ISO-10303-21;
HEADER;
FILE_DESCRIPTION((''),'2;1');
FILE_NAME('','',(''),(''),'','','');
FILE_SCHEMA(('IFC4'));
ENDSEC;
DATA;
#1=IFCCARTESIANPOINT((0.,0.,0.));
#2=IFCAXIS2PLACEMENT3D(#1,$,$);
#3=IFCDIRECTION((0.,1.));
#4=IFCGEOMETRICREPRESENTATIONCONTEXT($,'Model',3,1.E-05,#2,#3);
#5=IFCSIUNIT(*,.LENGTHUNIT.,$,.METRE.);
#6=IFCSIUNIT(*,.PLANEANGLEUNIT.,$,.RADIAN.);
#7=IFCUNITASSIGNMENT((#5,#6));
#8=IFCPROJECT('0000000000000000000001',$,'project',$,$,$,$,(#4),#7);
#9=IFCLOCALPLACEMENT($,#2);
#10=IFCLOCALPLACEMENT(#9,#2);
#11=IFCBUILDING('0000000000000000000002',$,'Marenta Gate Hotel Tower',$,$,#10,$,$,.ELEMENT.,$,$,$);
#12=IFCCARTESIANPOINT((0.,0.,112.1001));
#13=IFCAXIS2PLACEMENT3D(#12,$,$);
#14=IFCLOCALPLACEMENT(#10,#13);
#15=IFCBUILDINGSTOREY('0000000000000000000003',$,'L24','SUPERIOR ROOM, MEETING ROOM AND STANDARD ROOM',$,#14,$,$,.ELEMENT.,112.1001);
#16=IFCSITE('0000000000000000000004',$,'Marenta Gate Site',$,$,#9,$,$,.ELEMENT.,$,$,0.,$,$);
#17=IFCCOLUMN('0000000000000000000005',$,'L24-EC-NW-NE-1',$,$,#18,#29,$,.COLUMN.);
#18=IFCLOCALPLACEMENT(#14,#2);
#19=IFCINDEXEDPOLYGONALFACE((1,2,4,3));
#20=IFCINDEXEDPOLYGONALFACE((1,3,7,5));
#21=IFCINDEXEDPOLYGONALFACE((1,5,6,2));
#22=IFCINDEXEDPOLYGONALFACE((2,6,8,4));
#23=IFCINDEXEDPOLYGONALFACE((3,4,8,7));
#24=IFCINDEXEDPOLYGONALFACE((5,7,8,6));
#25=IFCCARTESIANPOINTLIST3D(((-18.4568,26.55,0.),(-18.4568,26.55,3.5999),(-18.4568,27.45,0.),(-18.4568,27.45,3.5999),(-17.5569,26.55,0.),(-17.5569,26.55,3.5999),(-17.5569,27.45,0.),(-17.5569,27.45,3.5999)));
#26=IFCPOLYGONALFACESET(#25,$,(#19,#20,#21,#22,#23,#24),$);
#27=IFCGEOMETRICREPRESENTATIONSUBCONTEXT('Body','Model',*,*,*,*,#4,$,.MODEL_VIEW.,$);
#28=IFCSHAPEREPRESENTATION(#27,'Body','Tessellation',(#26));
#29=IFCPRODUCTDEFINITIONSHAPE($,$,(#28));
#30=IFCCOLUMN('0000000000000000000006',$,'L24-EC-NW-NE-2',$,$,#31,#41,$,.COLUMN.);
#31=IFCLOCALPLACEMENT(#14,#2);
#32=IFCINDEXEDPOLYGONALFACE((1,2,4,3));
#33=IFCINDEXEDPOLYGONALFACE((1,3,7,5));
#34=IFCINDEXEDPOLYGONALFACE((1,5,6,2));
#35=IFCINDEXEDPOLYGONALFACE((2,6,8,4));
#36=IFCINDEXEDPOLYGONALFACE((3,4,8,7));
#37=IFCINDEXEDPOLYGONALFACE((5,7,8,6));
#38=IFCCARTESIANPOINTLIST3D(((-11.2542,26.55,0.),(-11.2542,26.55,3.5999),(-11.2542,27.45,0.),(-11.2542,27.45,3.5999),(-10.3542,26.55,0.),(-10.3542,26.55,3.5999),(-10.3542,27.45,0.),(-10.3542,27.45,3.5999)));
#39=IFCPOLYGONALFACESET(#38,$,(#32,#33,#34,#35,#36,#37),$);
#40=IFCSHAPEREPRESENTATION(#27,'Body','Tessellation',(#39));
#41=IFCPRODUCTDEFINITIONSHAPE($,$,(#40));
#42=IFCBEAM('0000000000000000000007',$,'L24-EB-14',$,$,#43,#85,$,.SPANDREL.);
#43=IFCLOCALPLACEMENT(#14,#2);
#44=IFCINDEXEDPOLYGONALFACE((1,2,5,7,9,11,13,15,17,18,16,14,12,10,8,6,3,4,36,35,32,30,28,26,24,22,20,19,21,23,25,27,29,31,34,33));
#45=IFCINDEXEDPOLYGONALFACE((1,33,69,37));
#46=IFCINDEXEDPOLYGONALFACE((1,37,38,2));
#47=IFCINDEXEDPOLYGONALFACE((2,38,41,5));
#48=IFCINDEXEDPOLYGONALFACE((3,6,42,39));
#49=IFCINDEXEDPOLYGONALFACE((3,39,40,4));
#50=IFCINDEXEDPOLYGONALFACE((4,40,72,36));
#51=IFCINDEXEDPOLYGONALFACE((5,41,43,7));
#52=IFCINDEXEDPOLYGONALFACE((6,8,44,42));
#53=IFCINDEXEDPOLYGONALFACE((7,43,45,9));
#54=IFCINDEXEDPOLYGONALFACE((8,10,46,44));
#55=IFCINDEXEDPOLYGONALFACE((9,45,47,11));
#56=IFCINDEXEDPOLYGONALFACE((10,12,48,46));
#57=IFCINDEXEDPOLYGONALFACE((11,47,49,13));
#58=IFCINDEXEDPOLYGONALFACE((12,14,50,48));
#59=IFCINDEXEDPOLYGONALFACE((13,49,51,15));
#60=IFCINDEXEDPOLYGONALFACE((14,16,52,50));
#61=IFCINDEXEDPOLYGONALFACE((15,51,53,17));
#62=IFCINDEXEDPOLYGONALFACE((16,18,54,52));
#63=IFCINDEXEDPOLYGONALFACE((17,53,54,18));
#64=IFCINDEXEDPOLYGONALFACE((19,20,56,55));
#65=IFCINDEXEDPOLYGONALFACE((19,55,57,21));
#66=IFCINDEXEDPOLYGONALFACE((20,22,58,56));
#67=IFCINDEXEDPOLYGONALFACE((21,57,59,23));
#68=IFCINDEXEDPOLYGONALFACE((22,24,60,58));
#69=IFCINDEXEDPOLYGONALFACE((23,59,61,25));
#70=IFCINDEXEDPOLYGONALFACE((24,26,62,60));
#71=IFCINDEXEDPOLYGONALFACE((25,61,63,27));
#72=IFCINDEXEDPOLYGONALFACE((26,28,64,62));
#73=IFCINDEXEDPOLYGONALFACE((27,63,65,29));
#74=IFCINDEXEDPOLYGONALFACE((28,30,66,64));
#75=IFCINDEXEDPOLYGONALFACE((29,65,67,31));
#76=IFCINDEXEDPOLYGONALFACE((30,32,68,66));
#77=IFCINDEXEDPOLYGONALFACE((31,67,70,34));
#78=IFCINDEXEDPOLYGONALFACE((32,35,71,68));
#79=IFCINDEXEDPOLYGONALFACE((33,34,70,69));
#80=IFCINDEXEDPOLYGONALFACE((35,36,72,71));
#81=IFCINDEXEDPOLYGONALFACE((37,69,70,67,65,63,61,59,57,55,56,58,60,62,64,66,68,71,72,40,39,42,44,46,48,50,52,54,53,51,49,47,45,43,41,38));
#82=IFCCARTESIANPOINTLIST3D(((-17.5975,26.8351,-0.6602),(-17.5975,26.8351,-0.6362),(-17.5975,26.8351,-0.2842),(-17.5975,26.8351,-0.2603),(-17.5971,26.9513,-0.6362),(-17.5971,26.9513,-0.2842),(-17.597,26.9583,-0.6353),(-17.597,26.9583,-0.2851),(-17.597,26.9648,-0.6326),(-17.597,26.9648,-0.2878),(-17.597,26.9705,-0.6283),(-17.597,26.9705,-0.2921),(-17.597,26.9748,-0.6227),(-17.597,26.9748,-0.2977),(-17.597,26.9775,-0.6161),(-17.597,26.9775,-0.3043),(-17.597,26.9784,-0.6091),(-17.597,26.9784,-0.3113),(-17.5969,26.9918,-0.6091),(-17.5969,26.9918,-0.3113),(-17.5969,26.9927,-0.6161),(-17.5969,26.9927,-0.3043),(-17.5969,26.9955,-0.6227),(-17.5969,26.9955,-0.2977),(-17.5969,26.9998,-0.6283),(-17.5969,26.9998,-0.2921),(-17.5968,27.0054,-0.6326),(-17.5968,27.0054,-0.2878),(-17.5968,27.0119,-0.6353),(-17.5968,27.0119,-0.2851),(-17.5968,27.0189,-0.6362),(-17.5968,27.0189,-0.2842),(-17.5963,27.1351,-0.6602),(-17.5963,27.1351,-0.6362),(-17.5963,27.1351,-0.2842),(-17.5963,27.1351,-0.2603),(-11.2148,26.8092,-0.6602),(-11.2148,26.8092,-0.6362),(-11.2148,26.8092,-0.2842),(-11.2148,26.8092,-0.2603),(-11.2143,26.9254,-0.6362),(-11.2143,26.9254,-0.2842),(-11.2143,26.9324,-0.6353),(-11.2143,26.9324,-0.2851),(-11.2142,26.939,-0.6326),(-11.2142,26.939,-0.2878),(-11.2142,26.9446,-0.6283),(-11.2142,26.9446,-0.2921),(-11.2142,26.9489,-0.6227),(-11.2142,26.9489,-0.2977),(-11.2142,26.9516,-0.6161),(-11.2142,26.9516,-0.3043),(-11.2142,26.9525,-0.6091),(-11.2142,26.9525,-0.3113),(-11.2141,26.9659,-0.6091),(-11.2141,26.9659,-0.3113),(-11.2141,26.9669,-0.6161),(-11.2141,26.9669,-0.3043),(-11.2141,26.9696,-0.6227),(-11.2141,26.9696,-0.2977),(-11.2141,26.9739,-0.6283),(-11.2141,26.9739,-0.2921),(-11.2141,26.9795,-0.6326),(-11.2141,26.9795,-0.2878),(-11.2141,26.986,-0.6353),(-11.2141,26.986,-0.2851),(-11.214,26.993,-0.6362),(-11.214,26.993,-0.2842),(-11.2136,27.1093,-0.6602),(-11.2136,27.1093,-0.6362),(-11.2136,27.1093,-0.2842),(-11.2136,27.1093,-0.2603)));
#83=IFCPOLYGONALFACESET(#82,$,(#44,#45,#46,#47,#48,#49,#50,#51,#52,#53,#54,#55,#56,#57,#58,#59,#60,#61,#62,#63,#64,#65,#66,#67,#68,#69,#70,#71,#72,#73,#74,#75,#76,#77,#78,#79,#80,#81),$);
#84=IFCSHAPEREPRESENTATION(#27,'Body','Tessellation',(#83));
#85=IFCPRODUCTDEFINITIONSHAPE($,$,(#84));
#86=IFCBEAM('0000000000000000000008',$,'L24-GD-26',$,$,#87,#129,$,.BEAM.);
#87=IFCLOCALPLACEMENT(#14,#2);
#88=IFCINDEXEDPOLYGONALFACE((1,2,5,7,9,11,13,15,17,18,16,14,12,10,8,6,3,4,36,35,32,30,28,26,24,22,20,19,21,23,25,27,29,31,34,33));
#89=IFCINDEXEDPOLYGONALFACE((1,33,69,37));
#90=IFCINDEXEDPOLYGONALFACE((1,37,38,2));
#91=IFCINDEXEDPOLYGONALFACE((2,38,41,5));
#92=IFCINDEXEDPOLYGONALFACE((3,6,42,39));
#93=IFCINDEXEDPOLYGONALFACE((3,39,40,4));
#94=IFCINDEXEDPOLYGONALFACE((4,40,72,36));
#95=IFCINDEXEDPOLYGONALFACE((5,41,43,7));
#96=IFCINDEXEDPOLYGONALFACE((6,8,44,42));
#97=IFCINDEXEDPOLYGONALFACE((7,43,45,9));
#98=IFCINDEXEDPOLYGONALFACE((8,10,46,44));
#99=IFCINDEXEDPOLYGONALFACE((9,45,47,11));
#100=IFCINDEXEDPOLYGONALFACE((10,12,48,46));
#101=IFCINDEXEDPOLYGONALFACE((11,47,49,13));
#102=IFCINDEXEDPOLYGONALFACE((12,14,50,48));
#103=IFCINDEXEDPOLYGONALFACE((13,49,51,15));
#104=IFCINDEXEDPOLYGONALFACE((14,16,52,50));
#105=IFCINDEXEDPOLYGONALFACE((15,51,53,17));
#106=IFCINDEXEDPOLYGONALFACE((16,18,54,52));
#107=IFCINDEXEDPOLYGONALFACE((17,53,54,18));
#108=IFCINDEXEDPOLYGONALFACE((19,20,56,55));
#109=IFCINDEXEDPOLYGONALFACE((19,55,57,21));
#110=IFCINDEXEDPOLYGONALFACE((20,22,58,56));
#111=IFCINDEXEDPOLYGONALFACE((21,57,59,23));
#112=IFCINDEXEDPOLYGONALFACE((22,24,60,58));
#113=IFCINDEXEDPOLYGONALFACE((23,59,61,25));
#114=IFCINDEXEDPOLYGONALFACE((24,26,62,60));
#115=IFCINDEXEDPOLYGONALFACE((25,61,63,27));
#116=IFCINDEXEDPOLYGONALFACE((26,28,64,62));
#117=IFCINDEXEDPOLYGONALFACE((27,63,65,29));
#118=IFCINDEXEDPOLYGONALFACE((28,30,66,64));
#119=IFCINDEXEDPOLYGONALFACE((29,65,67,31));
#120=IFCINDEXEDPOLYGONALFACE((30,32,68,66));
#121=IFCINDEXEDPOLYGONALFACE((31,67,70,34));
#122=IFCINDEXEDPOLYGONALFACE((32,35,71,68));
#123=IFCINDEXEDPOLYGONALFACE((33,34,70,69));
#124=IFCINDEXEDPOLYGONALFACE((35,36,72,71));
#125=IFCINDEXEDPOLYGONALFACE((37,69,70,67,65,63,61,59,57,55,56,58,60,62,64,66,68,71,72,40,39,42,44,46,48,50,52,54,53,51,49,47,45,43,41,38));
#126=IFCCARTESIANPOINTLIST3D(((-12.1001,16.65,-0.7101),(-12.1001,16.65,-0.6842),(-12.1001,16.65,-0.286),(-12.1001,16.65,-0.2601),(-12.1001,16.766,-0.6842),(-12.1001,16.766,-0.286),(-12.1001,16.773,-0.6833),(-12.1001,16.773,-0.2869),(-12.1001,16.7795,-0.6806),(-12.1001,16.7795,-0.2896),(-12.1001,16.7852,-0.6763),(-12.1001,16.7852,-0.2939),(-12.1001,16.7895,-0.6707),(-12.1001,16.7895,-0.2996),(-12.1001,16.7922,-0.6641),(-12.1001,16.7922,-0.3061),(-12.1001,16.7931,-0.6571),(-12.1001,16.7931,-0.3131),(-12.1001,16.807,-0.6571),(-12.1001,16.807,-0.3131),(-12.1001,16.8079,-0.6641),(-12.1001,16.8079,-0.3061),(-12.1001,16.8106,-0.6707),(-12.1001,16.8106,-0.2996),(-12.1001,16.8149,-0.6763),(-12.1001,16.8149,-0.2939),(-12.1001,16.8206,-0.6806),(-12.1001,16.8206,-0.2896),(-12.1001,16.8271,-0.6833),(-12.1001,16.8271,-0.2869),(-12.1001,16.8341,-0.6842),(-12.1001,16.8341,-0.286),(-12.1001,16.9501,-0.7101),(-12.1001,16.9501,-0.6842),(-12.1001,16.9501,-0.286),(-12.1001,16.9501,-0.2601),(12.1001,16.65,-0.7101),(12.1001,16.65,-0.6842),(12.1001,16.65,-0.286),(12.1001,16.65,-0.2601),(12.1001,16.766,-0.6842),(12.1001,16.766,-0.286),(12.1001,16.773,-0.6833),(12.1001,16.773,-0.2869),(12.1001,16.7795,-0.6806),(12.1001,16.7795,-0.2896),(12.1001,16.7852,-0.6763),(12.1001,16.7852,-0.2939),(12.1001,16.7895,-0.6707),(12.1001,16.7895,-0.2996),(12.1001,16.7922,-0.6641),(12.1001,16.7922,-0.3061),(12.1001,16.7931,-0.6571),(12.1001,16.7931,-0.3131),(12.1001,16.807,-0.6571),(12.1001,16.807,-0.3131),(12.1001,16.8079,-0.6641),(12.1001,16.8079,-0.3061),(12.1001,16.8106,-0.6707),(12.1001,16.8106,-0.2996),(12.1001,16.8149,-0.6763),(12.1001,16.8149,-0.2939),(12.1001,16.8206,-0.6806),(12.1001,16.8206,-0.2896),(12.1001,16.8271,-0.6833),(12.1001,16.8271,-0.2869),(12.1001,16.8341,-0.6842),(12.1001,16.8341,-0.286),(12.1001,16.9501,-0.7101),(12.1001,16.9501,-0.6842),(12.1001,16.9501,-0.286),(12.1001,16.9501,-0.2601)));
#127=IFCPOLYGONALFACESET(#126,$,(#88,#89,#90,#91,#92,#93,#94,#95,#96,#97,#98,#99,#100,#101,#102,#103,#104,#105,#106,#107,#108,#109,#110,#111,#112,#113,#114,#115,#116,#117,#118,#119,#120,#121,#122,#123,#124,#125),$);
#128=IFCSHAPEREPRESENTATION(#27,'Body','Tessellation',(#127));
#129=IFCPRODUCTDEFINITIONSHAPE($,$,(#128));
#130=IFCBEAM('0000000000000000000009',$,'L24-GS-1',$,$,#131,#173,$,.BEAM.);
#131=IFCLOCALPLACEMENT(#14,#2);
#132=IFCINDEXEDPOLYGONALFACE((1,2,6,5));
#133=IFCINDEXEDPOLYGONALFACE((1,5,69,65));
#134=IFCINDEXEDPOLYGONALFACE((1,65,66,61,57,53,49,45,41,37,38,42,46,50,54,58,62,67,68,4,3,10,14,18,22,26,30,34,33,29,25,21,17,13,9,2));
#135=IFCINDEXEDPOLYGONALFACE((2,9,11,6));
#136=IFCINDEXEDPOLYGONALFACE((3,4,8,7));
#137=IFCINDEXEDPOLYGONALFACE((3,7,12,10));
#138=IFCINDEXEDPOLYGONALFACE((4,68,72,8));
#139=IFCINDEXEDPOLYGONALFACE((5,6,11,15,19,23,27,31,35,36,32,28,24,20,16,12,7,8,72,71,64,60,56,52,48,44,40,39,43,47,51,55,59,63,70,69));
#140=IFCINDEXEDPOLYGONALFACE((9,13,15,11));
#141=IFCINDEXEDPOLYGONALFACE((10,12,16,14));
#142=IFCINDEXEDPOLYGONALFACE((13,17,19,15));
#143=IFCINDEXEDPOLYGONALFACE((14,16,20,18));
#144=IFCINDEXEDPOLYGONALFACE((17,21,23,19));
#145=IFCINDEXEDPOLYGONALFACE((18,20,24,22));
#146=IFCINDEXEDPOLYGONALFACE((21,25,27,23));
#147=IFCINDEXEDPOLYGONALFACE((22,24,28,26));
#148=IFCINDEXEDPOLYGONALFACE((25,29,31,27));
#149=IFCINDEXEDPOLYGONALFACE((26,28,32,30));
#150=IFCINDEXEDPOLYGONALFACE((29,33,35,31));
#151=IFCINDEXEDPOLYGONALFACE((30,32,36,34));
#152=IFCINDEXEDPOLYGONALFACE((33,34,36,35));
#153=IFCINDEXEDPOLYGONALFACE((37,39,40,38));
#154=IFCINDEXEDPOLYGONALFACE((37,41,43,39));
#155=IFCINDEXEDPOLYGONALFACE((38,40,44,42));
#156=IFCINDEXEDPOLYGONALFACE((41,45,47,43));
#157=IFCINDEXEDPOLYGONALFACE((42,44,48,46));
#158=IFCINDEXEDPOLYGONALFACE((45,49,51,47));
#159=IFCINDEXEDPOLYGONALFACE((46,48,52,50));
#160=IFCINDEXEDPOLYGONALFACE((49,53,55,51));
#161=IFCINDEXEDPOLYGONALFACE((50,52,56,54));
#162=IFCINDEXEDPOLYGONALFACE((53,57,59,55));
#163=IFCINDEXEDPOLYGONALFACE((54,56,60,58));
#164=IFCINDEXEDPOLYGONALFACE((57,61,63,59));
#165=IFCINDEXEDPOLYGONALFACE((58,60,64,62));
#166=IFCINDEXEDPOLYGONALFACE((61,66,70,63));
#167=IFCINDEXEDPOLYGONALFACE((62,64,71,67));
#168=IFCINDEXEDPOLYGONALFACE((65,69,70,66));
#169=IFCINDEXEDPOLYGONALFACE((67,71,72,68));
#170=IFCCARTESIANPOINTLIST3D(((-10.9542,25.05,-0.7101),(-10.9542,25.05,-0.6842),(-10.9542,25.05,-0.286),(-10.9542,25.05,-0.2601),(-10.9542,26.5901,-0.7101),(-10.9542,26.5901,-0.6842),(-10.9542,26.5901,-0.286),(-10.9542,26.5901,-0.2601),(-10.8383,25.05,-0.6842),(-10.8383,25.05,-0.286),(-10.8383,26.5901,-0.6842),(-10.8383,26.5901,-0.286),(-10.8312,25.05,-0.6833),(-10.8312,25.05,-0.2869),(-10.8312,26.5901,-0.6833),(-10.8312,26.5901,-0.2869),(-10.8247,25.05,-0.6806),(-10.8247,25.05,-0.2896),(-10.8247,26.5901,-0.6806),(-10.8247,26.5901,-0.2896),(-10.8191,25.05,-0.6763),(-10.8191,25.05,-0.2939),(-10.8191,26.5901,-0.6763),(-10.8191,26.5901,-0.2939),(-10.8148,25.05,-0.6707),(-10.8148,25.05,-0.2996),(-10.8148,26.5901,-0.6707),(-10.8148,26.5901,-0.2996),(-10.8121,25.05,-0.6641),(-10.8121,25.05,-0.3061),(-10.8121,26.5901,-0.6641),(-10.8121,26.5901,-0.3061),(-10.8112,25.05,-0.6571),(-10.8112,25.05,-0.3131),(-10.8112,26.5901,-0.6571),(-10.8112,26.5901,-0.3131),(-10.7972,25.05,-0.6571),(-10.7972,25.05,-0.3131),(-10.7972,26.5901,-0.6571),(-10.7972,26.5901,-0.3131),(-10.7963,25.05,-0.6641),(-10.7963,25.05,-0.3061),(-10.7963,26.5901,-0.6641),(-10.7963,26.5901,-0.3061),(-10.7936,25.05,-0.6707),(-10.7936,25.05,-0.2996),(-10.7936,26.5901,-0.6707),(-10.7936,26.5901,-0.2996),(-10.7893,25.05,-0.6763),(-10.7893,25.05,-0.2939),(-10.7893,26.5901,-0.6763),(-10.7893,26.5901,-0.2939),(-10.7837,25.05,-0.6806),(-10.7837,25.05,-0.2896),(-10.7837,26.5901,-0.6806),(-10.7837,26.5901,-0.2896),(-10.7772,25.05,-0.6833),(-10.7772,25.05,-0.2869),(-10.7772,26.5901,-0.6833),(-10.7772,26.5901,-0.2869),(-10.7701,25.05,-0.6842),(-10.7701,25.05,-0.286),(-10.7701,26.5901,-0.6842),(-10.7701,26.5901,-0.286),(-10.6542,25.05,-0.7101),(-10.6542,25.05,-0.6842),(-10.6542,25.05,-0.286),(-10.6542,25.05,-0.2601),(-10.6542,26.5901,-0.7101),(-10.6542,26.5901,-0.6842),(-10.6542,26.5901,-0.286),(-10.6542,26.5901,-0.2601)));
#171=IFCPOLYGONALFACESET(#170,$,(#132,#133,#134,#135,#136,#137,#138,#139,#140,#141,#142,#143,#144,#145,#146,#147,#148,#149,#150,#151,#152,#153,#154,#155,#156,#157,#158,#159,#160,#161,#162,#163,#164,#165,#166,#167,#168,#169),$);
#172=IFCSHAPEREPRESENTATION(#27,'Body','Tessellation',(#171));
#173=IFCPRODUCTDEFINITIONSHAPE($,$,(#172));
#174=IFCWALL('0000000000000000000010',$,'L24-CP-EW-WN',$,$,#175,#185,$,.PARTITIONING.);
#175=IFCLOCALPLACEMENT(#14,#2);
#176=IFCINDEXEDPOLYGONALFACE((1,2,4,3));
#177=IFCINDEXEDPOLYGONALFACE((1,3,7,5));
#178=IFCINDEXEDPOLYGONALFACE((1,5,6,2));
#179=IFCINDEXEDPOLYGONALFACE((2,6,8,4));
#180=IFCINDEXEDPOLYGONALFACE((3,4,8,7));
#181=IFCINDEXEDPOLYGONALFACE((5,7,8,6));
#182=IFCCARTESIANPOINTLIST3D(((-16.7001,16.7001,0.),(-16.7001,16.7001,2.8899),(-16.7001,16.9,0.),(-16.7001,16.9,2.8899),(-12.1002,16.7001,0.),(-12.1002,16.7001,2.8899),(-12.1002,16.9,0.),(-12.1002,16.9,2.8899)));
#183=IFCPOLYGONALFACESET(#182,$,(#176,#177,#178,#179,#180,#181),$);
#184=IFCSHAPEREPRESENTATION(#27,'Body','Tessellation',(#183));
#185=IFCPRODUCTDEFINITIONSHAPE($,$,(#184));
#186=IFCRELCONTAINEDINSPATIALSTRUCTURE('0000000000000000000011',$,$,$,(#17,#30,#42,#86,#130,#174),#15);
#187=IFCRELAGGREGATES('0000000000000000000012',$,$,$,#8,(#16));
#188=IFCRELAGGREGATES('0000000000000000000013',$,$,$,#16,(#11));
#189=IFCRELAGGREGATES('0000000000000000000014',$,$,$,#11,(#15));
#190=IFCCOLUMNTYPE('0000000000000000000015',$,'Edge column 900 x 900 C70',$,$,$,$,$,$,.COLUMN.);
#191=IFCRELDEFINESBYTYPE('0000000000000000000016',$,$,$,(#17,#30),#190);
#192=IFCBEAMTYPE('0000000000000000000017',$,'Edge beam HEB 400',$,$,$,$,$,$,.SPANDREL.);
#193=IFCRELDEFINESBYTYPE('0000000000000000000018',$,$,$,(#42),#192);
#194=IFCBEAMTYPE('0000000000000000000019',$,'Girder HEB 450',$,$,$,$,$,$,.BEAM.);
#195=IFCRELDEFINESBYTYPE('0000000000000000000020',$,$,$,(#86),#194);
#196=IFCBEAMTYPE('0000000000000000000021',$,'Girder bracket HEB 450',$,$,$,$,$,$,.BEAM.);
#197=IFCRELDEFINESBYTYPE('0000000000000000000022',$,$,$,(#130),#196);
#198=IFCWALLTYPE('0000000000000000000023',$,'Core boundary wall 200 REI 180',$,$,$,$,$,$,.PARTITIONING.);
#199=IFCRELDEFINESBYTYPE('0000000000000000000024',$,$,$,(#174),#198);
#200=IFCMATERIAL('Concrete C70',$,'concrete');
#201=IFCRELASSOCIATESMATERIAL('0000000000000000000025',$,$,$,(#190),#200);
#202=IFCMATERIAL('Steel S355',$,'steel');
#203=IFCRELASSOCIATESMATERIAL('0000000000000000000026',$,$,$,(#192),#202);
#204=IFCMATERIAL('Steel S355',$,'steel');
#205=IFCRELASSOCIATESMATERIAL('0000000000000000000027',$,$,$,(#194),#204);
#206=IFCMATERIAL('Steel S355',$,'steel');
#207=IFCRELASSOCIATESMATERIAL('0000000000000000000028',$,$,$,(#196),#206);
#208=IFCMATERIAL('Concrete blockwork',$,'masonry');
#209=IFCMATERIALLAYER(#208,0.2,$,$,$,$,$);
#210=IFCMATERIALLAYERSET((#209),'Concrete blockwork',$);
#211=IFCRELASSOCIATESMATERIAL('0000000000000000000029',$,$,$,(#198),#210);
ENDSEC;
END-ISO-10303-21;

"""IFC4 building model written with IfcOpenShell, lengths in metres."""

from ifc_helpers import new_model, si_unit, direction, frame, frame_2d, origin, origin_2d, place, context, subcontext, project, spatial, rectangle, i_section, extrude, material, layer, layer_set, material_profile, profile_set, type_object, element, save


model = new_model("IFC4")

# Units and contexts
model_context = context("Model", 3, precision=1e-05, world=origin(), true_north=direction((0.0, 1.0)))
body_context = subcontext(model_context, "Body", "Model", "MODEL_VIEW")
ifc_project = project(units=[si_unit("LENGTHUNIT", "METRE"), si_unit("PLANEANGLEUNIT", "RADIAN")], contexts=[model_context])

# Site, building, storey
site_placement = place(None, origin())
site = spatial("IfcSite", under=ifc_project, at=site_placement, Name="Marenta Gate Site", CompositionType="ELEMENT", RefElevation=0.0)
building_placement = place(site_placement, origin())
building = spatial("IfcBuilding", under=site, at=building_placement, Name="Marenta Gate Hotel Tower", CompositionType="ELEMENT")
storey_placement = place(building_placement, frame((0.0, 0.0, 112.1001)))
storey = spatial("IfcBuildingStorey", under=building, at=storey_placement, Name="L24", Description="SUPERIOR ROOM, MEETING ROOM AND STANDARD ROOM", CompositionType="ELEMENT", Elevation=112.1001)

# Columns
ifc_material_1 = material(Name="Concrete C70", Category="concrete")
ifc_material_profile_1 = material_profile(ifc_material_1, rectangle(XDim=0.8999, YDim=0.8999, at=origin_2d()), Name="900 x 900")
ifc_profile_set_1 = profile_set([ifc_material_profile_1], Name="Concrete C70")
column_type = type_object("IfcColumnType", Name="Edge column 900 x 900 C70", PredefinedType="COLUMN", material=ifc_profile_set_1)
for number, where, z_axis, x_axis, name in (
    (1, (-18.0068, 27.0, 0.0), (0.0, 0.0, 1.0), (1.0, 0.0, 0.0), "L24-EC-NW-NE-1"),
    (2, (-10.8042, 27.0, 0.0), (0.0, 0.0, 1.0), (1.0, 0.0, 0.0), "L24-EC-NW-NE-2"),
):
    element("IfcColumn", number, at=place(storey_placement, frame(where, z_axis=z_axis, x_axis=x_axis)), inside=storey, type_object=column_type, Name=name, PredefinedType="COLUMN", context=body_context, shape_type="SweptSolid", body=[
        extrude(rectangle(XDim=0.8999, YDim=0.8999, at=origin_2d()), origin(), (0.0, 0.0, 1.0), 3.5999),
    ])

# Beams
ifc_material_2 = material(Name="Steel S355", Category="steel")
ifc_material_profile_2 = material_profile(ifc_material_2, i_section(OverallWidth=0.3, OverallDepth=0.3999, WebThickness=0.0134, FlangeThickness=0.0239, FilletRadius=0.0271, at=origin_2d()), Name="HEB 400")
ifc_profile_set_2 = profile_set([ifc_material_profile_2], Name="Steel S355")
beam_type_1 = type_object("IfcBeamType", Name="Edge beam HEB 400", PredefinedType="SPANDREL", material=ifc_profile_set_2)
beam_1_placement = place(storey_placement, frame((-17.5969, 26.9851, -0.4602), z_axis=(0.999992, -0.004054, 0.0), x_axis=(0.004054, 0.999992, 0.0)))
element("IfcBeam", 3, at=beam_1_placement, inside=storey, type_object=beam_type_1, Name="L24-EB-14", PredefinedType="SPANDREL", context=body_context, shape_type="SweptSolid", body=[
    extrude(i_section(OverallWidth=0.3, OverallDepth=0.3999, WebThickness=0.0134, FlangeThickness=0.0239, FilletRadius=0.0271, at=origin_2d()), origin(), (0.0, 0.0, 1.0), 6.3828),
])
ifc_material_3 = material(Name="Steel S355", Category="steel")
ifc_material_profile_3 = material_profile(ifc_material_3, i_section(OverallWidth=0.3, OverallDepth=0.45, WebThickness=0.0139, FlangeThickness=0.0259, FilletRadius=0.0271, at=origin_2d()), Name="HEB 450")
ifc_profile_set_3 = profile_set([ifc_material_profile_3], Name="Steel S355")
beam_type_2 = type_object("IfcBeamType", Name="Girder HEB 450", PredefinedType="BEAM", material=ifc_profile_set_3)
beam_2_placement = place(storey_placement, frame((-12.1001, 16.8, -0.4851), z_axis=(1.0, 0.0, 0.0), x_axis=(0.0, 1.0, 0.0)))
element("IfcBeam", 4, at=beam_2_placement, inside=storey, type_object=beam_type_2, Name="L24-GD-26", PredefinedType="BEAM", context=body_context, shape_type="SweptSolid", body=[
    extrude(i_section(OverallWidth=0.3, OverallDepth=0.45, WebThickness=0.0139, FlangeThickness=0.0259, FilletRadius=0.0271, at=origin_2d()), origin(), (0.0, 0.0, 1.0), 24.2002),
])
ifc_material_4 = material(Name="Steel S355", Category="steel")
ifc_material_profile_4 = material_profile(ifc_material_4, i_section(OverallWidth=0.3, OverallDepth=0.45, WebThickness=0.0139, FlangeThickness=0.0259, FilletRadius=0.0271, at=origin_2d()), Name="HEB 450")
ifc_profile_set_4 = profile_set([ifc_material_profile_4], Name="Steel S355")
beam_type_3 = type_object("IfcBeamType", Name="Girder bracket HEB 450", PredefinedType="BEAM", material=ifc_profile_set_4)
beam_3_placement = place(storey_placement, frame((-10.8042, 25.05, -0.4851), z_axis=(0.0, 1.0, 0.0), x_axis=(-1.0, 0.0, 0.0)))
element("IfcBeam", 5, at=beam_3_placement, inside=storey, type_object=beam_type_3, Name="L24-GS-1", PredefinedType="BEAM", context=body_context, shape_type="SweptSolid", body=[
    extrude(i_section(OverallWidth=0.3, OverallDepth=0.45, WebThickness=0.0139, FlangeThickness=0.0259, FilletRadius=0.0271, at=origin_2d()), origin(), (0.0, 0.0, 1.0), 1.54),
])

# Wall
ifc_material_5 = material(Name="Concrete blockwork", Category="masonry")
ifc_layer_1 = layer(ifc_material_5, 0.2)
ifc_layer_set_1 = layer_set([ifc_layer_1], Name="Concrete blockwork")
wall_type_1 = type_object("IfcWallType", Name="Core boundary wall 200 REI 180", PredefinedType="PARTITIONING", material=ifc_layer_set_1)
wall_1_placement = place(storey_placement, frame((-16.7, 16.8, 0.0), z_axis=(0.0, 0.0, 1.0), x_axis=(1.0, 0.0, 0.0)))
element("IfcWall", 6, at=wall_1_placement, inside=storey, type_object=wall_type_1, Name="L24-CP-EW-WN", PredefinedType="PARTITIONING", context=body_context, shape_type="SweptSolid", body=[
    extrude(rectangle(XDim=4.5999, YDim=0.2, at=frame_2d((2.2998, 0.0))), origin(), (0.0, 0.0, 1.0), 2.8899),
])

save(model, "model.ifc")
